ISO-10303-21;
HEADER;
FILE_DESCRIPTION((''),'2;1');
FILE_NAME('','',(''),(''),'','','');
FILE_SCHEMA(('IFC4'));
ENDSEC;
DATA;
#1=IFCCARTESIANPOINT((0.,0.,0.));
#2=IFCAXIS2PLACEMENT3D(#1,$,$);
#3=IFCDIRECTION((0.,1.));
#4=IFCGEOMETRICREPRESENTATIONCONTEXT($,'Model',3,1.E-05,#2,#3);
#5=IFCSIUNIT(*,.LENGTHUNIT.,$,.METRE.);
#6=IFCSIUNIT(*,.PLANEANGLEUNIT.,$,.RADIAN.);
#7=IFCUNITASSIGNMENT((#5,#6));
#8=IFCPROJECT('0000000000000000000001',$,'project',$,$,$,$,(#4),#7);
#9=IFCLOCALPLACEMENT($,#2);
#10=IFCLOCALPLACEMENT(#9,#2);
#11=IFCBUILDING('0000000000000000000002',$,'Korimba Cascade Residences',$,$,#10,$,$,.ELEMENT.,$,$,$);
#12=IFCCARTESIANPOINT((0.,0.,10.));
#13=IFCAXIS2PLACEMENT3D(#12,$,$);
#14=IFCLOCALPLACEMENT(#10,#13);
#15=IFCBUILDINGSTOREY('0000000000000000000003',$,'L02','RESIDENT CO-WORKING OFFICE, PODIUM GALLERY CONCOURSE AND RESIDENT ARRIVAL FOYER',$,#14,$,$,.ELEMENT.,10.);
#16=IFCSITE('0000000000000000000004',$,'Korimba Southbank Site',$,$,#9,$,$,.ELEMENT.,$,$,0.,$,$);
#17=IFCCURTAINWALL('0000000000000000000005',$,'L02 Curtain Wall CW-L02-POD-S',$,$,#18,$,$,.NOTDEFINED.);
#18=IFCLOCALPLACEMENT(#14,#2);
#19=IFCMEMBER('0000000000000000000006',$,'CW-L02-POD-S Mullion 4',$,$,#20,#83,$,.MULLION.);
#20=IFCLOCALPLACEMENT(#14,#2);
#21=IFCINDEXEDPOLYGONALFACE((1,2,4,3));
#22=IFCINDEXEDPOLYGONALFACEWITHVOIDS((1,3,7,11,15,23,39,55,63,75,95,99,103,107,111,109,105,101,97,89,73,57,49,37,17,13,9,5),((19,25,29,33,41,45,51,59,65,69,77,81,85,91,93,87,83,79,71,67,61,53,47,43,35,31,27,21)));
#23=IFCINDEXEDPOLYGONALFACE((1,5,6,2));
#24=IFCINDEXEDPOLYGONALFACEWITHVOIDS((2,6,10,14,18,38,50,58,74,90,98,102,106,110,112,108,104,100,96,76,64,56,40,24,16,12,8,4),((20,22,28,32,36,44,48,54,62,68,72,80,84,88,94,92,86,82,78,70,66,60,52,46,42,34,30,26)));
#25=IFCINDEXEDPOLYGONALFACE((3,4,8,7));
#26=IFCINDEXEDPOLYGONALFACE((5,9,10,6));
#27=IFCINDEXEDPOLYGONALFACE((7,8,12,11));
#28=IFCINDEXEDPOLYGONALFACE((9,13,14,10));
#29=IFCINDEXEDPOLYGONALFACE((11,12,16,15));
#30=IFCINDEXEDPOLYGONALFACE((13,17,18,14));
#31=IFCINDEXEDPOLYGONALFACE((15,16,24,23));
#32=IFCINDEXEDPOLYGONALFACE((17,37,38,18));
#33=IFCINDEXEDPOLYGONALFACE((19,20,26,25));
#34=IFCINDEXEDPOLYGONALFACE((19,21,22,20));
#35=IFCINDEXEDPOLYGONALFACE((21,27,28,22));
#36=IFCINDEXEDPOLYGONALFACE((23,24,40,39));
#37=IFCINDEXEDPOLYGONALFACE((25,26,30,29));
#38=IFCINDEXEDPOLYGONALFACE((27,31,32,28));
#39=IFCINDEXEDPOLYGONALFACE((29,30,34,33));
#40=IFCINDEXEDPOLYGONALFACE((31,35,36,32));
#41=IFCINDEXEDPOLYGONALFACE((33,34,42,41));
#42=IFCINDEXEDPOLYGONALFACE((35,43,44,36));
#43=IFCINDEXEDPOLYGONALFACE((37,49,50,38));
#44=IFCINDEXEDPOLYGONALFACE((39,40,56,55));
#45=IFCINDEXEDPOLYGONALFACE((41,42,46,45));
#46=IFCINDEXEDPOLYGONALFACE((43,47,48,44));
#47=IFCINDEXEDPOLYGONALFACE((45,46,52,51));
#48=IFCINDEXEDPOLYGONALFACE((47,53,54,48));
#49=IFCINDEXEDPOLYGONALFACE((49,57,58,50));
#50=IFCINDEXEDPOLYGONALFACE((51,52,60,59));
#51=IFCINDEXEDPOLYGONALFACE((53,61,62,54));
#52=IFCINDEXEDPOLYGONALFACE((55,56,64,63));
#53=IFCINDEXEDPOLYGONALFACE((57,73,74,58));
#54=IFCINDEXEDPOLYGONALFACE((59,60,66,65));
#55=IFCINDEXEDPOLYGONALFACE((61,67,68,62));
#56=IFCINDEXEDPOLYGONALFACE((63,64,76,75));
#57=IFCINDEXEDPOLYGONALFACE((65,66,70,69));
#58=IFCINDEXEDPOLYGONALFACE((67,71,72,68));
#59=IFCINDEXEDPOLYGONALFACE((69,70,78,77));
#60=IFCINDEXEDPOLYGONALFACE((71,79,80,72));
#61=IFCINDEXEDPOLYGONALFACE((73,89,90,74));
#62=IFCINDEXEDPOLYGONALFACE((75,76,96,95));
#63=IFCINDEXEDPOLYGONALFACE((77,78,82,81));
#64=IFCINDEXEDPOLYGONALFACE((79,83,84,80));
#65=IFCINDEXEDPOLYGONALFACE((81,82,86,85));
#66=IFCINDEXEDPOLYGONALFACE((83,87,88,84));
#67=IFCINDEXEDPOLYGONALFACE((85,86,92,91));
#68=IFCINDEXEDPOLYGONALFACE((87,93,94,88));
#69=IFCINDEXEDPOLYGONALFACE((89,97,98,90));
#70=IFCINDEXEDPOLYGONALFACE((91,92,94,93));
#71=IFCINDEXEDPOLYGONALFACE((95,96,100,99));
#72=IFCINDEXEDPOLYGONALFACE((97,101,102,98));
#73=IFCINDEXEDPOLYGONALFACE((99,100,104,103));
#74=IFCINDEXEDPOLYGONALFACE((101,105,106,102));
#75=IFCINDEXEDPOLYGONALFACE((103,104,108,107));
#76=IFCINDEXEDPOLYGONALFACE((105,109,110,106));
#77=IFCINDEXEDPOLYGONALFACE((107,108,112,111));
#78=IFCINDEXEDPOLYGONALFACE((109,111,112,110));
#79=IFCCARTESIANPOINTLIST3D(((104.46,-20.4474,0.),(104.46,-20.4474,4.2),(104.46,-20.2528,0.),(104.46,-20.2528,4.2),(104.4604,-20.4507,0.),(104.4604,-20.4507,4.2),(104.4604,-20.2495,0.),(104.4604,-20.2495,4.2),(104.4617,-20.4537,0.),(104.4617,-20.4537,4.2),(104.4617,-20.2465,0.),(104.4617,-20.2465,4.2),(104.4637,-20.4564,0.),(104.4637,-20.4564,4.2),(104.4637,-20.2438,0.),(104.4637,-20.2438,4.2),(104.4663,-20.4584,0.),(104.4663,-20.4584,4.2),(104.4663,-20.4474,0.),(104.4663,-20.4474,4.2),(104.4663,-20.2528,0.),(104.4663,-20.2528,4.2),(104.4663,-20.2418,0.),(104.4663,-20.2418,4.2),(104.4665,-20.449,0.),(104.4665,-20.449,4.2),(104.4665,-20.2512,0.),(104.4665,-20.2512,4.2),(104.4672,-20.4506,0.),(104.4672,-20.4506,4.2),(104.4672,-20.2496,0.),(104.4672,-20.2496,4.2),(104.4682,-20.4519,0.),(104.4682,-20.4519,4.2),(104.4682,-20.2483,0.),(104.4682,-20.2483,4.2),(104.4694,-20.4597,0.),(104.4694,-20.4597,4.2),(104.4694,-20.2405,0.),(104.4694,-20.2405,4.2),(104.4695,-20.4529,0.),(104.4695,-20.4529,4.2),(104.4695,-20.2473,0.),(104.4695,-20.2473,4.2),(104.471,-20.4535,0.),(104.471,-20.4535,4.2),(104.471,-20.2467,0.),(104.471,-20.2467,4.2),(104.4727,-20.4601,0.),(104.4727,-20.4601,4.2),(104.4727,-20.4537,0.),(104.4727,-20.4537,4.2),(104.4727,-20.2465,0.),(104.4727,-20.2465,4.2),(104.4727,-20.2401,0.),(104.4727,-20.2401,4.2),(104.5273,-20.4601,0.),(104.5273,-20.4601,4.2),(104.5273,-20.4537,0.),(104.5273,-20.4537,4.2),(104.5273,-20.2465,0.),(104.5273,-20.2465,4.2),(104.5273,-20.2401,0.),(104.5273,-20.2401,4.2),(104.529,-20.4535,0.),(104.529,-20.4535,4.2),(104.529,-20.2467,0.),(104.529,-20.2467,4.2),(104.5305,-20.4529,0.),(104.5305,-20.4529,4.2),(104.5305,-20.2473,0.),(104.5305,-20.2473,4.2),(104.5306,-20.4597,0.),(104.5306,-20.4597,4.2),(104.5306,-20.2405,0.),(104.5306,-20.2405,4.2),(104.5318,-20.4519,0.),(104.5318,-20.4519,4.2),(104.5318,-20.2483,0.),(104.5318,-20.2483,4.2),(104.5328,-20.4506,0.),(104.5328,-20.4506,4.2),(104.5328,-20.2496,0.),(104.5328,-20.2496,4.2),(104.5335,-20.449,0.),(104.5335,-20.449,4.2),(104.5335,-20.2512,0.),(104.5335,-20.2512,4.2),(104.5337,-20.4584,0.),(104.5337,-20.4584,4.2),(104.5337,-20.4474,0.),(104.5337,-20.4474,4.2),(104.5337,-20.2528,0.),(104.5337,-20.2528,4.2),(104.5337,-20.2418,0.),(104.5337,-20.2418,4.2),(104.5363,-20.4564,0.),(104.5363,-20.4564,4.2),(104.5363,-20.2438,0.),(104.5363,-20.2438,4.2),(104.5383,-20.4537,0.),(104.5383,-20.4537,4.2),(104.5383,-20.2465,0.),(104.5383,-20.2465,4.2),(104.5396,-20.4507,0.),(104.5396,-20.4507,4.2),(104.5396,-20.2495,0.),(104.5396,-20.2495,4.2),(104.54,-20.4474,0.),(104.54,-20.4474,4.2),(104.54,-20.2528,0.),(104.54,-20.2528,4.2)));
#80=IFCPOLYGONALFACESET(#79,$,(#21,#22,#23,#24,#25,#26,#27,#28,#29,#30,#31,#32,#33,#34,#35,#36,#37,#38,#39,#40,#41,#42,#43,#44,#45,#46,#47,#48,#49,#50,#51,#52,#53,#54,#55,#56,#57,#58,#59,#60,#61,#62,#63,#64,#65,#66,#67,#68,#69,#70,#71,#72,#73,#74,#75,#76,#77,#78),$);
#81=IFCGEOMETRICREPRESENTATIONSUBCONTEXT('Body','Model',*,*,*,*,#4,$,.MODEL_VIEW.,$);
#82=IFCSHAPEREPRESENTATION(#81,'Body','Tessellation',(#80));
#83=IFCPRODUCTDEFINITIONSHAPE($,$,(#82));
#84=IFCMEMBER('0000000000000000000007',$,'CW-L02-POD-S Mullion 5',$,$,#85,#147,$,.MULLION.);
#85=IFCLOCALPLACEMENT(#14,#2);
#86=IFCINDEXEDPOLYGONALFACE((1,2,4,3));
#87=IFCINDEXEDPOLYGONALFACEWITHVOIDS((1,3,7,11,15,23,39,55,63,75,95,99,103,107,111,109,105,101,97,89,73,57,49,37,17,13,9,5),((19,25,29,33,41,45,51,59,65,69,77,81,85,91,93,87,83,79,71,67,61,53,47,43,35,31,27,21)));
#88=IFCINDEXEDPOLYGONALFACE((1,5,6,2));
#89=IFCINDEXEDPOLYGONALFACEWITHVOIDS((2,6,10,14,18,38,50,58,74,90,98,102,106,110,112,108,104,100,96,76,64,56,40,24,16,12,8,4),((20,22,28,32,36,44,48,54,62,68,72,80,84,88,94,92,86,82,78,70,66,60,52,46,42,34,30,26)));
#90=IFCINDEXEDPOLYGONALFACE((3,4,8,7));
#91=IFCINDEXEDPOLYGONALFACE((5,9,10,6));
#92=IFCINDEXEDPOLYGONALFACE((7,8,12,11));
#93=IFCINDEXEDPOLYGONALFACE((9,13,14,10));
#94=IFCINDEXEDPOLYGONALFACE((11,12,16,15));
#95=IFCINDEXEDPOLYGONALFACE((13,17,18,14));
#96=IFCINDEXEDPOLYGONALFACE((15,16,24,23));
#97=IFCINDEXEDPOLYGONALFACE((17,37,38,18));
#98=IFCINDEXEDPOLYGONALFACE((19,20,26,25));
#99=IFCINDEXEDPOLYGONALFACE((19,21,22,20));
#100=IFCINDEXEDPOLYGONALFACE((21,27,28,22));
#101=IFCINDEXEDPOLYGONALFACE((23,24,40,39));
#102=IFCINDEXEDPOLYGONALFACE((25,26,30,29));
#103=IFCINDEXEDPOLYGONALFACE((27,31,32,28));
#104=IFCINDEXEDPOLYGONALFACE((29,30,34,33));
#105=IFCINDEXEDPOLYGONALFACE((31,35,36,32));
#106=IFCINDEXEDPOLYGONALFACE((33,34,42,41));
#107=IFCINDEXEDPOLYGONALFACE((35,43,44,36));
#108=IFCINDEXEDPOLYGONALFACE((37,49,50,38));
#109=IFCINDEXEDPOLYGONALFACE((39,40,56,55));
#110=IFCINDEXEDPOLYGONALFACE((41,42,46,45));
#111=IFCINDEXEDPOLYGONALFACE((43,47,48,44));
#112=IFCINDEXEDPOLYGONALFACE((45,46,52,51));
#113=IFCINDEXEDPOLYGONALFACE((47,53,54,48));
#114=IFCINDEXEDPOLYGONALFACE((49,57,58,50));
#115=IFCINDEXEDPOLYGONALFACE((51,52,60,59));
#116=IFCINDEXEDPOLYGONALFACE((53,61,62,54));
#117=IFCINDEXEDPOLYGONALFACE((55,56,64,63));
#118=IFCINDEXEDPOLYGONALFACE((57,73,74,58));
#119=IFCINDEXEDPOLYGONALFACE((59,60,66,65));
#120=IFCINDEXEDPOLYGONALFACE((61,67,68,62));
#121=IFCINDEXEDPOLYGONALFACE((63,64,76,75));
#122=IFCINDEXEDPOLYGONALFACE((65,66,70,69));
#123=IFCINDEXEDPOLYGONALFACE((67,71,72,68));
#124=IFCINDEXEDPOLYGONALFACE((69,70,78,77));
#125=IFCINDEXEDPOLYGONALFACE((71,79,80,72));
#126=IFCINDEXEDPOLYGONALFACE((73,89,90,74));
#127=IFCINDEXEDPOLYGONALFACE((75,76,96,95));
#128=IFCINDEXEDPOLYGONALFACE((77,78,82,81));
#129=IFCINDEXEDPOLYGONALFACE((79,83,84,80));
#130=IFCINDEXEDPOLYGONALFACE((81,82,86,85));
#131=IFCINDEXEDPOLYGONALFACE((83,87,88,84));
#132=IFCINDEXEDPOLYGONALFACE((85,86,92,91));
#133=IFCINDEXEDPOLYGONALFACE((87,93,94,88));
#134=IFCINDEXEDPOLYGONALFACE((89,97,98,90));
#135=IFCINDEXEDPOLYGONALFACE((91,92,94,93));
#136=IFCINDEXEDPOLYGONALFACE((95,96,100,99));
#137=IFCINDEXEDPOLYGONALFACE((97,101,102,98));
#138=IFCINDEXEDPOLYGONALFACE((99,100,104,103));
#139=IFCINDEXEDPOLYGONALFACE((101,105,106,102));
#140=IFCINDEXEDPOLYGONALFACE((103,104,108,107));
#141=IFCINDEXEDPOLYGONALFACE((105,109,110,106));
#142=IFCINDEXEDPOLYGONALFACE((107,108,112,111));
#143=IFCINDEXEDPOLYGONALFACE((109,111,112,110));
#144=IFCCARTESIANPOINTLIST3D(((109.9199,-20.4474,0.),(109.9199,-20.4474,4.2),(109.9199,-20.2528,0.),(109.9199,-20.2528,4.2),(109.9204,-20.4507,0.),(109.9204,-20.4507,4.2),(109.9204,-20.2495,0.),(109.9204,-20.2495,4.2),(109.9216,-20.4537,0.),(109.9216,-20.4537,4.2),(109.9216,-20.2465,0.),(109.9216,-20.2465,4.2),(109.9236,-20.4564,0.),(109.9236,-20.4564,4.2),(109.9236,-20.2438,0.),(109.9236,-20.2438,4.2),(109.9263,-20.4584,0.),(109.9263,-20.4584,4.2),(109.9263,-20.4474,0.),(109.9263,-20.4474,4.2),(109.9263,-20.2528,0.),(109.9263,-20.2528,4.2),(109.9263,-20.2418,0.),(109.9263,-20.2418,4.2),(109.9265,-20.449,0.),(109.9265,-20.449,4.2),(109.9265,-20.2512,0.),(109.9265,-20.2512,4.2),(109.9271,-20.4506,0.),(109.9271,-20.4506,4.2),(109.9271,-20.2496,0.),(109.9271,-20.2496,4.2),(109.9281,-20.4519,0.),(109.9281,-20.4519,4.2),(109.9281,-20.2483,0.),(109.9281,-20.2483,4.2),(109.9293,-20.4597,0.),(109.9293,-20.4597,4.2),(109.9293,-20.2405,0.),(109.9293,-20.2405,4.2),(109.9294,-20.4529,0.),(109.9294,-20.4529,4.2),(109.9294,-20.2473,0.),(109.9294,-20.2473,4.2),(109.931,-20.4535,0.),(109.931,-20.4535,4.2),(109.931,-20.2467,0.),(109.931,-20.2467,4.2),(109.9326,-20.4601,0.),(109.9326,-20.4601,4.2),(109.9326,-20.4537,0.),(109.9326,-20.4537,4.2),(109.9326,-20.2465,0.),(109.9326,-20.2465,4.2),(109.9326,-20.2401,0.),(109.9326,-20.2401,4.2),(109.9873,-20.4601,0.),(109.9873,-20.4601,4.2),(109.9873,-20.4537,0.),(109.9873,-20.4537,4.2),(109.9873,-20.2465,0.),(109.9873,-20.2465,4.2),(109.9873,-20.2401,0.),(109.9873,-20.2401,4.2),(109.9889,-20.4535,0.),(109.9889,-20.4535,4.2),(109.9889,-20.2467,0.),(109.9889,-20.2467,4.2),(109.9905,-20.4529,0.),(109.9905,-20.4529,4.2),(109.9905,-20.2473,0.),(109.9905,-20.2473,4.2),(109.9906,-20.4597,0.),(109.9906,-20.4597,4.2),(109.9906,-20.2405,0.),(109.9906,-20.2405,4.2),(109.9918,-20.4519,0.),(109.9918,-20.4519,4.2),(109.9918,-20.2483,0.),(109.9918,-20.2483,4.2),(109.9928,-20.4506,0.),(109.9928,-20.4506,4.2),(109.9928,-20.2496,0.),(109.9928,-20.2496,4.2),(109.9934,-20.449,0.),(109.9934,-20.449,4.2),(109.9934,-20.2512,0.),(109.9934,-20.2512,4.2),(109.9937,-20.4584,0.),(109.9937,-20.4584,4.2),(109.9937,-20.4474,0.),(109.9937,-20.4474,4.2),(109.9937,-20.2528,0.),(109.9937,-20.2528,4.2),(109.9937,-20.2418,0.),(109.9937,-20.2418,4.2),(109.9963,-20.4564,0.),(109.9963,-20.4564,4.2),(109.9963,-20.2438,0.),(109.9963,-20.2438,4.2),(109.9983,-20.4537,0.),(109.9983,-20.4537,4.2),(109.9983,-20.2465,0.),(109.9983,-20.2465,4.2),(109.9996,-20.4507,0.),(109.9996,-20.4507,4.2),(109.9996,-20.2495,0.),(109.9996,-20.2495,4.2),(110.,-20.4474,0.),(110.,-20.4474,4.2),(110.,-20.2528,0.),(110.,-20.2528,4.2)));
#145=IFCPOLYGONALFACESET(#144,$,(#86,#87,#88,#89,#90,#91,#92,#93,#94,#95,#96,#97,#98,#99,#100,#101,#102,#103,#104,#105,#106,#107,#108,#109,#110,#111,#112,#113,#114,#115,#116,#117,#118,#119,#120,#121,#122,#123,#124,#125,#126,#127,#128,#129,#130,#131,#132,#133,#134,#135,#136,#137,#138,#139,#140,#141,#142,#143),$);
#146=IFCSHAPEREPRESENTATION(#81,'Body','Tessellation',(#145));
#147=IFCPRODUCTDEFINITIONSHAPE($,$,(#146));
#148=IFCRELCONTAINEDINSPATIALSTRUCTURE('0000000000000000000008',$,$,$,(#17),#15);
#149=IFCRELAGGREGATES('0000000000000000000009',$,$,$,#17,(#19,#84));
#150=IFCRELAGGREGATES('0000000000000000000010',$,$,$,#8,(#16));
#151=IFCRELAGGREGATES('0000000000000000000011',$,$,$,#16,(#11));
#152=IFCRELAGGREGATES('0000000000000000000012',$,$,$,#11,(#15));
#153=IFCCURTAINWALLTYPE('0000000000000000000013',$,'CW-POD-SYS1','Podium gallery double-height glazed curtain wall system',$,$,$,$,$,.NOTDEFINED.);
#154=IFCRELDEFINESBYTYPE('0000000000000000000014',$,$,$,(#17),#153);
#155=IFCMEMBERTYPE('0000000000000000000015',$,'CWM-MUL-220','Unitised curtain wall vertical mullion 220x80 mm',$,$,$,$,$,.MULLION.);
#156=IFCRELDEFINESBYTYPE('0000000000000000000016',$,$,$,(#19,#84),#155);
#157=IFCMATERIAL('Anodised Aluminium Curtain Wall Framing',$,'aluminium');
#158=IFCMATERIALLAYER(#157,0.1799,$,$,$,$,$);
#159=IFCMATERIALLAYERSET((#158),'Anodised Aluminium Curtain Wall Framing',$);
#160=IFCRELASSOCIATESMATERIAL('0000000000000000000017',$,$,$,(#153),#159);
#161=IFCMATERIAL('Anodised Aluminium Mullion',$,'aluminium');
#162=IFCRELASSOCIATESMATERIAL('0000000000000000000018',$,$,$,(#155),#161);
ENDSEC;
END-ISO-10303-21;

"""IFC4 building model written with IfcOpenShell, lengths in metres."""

from ifc_helpers import new_model, si_unit, direction, frame, origin, origin_2d, place, context, subcontext, project, spatial, hollow_rectangle, extrude, material, layer, layer_set, material_profile, profile_set, type_object, element, aggregate, save


model = new_model("IFC4")

# Units and contexts
model_context = context("Model", 3, precision=1e-05, world=origin(), true_north=direction((0.0, 1.0)))
body_context = subcontext(model_context, "Body", "Model", "MODEL_VIEW")
ifc_project = project(units=[si_unit("LENGTHUNIT", "METRE"), si_unit("PLANEANGLEUNIT", "RADIAN")], contexts=[model_context])

# Site, building, storey
site_placement = place(None, origin())
site = spatial("IfcSite", under=ifc_project, at=site_placement, Name="Korimba Southbank Site", CompositionType="ELEMENT", RefElevation=0.0)
building_placement = place(site_placement, origin())
building = spatial("IfcBuilding", under=site, at=building_placement, Name="Korimba Cascade Residences", CompositionType="ELEMENT")
storey_placement = place(building_placement, frame((0.0, 0.0, 10.0)))
storey = spatial("IfcBuildingStorey", under=building, at=storey_placement, Name="L02", Description="RESIDENT CO-WORKING OFFICE, PODIUM GALLERY CONCOURSE AND RESIDENT ARRIVAL FOYER", CompositionType="ELEMENT", Elevation=10.0)

# Curtain wall, members
ifc_material_1 = material(Name="Anodised Aluminium Curtain Wall Framing", Category="aluminium")
ifc_layer_1 = layer(ifc_material_1, 0.1799)
ifc_layer_set_1 = layer_set([ifc_layer_1], Name="Anodised Aluminium Curtain Wall Framing")
curtain_wall_type = type_object("IfcCurtainWallType", Name="CW-POD-SYS1", Description="Podium gallery double-height glazed curtain wall system", PredefinedType="NOTDEFINED", material=ifc_layer_set_1)
curtain_wall_placement = place(storey_placement, origin())
curtain_wall = element("IfcCurtainWall", 1, at=curtain_wall_placement, inside=storey, type_object=curtain_wall_type, Name="L02 Curtain Wall CW-L02-POD-S", PredefinedType="NOTDEFINED")
ifc_material_2 = material(Name="Anodised Aluminium Mullion", Category="aluminium")
ifc_material_profile_1 = material_profile(ifc_material_2, hollow_rectangle(XDim=0.0801, YDim=0.22, WallThickness=0.0063, InnerFilletRadius=0.0063, OuterFilletRadius=0.0127, at=origin_2d()), Name="Anodised Aluminium Mullion")
ifc_profile_set_1 = profile_set([ifc_material_profile_1], Name="Anodised Aluminium Mullion")
member_type_1 = type_object("IfcMemberType", Name="CWM-MUL-220", Description="Unitised curtain wall vertical mullion 220x80 mm", PredefinedType="MULLION", material=ifc_profile_set_1)
member_1_placement = place(storey_placement, frame((104.5, -20.3501, 0.0), z_axis=(0.0, 0.0, 1.0), x_axis=(1.0, 0.0, 0.0)))
member_1 = element("IfcMember", 2, at=member_1_placement, type_object=member_type_1, Name="CW-L02-POD-S Mullion 4", PredefinedType="MULLION", context=body_context, shape_type="SweptSolid", body=[
    extrude(hollow_rectangle(XDim=0.0801, YDim=0.22, WallThickness=0.0063, InnerFilletRadius=0.0063, OuterFilletRadius=0.0127, at=origin_2d()), origin(), (0.0, 0.0, 1.0), 4.2),
])
member_2_placement = place(storey_placement, frame((109.96, -20.3501, 0.0), z_axis=(0.0, 0.0, 1.0), x_axis=(1.0, 0.0, 0.0)))
member_2 = element("IfcMember", 3, at=member_2_placement, type_object=member_type_1, Name="CW-L02-POD-S Mullion 5", PredefinedType="MULLION", context=body_context, shape_type="SweptSolid", body=[
    extrude(hollow_rectangle(XDim=0.0801, YDim=0.22, WallThickness=0.0063, InnerFilletRadius=0.0063, OuterFilletRadius=0.0127, at=origin_2d()), origin(), (0.0, 0.0, 1.0), 4.2),
])
aggregate(curtain_wall, [member_1, member_2])

save(model, "model.ifc")
